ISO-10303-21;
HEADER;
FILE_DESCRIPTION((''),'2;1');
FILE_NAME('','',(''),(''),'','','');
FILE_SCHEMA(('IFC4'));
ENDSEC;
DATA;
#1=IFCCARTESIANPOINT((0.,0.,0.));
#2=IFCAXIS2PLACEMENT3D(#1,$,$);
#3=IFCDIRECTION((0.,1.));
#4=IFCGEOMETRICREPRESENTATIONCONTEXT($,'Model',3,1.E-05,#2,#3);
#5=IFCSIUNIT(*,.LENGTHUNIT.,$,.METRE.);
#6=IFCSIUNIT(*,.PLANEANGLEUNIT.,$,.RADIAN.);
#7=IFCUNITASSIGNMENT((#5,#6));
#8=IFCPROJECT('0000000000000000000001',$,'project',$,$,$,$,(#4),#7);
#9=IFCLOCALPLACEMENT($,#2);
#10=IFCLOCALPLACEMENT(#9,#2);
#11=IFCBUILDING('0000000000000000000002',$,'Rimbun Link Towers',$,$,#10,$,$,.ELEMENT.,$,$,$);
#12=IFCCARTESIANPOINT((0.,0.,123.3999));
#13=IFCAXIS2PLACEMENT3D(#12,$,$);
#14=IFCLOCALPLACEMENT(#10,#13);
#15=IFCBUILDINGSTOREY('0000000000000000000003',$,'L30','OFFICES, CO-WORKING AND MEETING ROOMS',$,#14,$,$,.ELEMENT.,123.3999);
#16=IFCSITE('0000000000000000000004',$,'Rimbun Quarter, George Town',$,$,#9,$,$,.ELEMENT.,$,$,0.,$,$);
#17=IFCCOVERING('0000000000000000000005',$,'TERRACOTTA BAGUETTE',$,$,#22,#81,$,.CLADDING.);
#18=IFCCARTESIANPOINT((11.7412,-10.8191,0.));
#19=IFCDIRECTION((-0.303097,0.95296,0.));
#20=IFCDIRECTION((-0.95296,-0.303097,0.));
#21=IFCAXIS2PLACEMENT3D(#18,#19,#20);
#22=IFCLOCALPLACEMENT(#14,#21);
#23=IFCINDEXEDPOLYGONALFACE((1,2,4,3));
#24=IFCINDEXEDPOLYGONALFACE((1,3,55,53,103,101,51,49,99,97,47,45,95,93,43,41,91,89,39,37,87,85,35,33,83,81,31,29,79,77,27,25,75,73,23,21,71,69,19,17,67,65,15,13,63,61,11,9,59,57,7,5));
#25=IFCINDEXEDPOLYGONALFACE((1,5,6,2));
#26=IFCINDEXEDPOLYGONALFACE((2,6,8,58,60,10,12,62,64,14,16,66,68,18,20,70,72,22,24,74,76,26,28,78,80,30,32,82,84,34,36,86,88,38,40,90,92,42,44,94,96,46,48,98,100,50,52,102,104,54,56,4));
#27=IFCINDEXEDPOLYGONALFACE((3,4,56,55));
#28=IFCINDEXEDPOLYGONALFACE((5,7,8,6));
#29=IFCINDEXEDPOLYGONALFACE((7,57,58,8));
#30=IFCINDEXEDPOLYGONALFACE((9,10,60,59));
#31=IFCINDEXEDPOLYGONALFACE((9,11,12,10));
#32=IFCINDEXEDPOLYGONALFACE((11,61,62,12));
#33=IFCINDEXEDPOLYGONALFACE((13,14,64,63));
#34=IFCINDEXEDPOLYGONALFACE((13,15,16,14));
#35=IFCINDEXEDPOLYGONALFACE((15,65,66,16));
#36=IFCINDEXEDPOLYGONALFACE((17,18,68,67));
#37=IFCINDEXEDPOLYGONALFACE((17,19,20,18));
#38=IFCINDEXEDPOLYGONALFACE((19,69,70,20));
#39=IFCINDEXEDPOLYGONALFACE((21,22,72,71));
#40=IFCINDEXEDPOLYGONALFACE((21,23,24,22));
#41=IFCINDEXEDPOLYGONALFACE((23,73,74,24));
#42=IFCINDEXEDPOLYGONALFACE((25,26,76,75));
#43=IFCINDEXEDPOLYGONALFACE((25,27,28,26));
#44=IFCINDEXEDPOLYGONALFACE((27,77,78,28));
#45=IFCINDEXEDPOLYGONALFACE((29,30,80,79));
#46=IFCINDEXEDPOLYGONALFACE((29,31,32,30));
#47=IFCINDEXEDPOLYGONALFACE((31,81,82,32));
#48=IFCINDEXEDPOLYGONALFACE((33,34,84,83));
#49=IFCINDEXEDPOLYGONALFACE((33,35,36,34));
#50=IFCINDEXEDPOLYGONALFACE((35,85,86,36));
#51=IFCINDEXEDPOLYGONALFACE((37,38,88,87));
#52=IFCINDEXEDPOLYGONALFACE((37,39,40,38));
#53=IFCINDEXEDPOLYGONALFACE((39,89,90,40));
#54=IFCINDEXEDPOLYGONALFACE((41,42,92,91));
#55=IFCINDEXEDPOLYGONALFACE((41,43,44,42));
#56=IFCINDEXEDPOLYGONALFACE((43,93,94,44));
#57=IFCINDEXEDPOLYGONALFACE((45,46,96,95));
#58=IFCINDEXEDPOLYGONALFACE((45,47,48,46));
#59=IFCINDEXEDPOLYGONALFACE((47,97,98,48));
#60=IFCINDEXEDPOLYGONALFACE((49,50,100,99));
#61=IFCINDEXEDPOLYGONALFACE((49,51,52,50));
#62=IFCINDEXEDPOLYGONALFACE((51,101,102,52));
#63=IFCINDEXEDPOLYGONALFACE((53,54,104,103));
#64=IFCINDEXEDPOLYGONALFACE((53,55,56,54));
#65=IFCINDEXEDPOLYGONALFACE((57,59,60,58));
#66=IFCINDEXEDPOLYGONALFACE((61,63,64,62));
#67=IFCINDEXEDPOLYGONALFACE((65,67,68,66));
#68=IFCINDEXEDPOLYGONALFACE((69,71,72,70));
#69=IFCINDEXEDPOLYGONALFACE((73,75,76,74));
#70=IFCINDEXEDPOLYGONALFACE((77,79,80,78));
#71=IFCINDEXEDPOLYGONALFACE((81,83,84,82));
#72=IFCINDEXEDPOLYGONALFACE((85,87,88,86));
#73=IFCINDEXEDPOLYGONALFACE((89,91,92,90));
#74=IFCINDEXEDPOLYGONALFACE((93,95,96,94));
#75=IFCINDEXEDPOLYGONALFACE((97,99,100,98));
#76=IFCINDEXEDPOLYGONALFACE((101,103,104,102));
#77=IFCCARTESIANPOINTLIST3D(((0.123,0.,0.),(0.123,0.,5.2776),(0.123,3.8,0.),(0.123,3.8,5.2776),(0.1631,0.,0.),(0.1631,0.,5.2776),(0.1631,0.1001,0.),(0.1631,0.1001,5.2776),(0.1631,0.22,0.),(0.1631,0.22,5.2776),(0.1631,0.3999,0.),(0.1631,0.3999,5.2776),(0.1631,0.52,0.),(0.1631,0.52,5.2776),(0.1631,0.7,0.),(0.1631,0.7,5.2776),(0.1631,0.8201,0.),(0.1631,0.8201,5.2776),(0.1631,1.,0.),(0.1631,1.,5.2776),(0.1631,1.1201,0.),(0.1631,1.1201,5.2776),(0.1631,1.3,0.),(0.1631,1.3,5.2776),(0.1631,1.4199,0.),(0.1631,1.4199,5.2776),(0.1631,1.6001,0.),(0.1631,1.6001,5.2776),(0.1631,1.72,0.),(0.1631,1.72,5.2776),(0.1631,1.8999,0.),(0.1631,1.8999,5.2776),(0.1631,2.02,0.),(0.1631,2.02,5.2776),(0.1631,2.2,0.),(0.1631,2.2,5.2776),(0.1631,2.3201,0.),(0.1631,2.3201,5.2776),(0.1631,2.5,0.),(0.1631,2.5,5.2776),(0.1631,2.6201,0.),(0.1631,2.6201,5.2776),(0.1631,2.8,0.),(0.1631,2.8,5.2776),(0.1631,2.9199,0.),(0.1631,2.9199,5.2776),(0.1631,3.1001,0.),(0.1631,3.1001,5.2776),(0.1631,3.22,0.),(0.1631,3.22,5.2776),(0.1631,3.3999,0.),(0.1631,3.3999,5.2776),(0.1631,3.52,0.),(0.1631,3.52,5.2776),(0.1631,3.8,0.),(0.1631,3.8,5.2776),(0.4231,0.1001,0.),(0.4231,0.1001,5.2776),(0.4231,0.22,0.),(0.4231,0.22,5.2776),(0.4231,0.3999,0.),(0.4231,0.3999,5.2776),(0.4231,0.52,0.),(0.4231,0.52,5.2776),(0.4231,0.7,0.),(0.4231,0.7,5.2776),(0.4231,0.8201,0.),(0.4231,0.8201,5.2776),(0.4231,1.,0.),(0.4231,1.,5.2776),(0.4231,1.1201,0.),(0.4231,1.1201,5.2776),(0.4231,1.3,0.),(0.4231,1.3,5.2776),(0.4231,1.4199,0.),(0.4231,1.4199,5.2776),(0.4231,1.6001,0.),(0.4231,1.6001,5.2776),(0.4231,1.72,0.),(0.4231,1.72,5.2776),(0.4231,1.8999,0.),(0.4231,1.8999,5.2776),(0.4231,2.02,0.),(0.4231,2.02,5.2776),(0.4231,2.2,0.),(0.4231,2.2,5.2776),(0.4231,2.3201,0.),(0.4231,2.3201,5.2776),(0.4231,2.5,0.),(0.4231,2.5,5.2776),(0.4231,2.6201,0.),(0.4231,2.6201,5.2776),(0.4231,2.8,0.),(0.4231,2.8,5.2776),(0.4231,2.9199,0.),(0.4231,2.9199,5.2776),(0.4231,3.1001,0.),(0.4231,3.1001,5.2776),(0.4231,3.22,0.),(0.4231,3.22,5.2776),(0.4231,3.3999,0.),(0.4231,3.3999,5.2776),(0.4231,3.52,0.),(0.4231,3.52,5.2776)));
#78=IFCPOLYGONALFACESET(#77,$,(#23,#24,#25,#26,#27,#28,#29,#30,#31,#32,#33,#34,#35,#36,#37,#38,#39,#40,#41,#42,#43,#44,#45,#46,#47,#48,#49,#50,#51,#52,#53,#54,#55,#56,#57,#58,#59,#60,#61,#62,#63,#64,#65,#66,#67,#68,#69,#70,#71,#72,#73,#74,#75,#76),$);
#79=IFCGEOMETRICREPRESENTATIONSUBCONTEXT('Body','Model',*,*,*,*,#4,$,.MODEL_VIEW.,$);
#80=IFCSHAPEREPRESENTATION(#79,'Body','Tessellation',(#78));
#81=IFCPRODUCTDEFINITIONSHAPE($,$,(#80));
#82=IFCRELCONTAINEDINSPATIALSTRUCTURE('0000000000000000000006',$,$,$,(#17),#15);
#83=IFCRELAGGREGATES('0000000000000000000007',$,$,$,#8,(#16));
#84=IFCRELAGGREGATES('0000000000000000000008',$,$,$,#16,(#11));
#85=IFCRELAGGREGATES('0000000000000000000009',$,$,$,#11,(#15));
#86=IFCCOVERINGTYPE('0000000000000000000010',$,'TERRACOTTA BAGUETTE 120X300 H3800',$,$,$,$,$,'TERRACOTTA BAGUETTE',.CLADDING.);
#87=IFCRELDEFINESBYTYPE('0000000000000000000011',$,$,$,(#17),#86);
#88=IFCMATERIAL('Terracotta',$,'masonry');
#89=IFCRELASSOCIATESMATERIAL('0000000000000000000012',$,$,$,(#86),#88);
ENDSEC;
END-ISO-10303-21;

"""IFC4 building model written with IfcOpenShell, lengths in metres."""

from ifc_helpers import new_model, si_unit, direction, frame, origin, place, context, subcontext, project, spatial, polyline, outline, extrude, material, material_profile, profile_set, type_object, element, save


model = new_model("IFC4")

# Units and contexts
model_context = context("Model", 3, precision=1e-05, world=origin(), true_north=direction((0.0, 1.0)))
body_context = subcontext(model_context, "Body", "Model", "MODEL_VIEW")
ifc_project = project(units=[si_unit("LENGTHUNIT", "METRE"), si_unit("PLANEANGLEUNIT", "RADIAN")], contexts=[model_context])

# Site, building, storey
site_placement = place(None, origin())
site = spatial("IfcSite", under=ifc_project, at=site_placement, Name="Rimbun Quarter, George Town", CompositionType="ELEMENT", RefElevation=0.0)
building_placement = place(site_placement, origin())
building = spatial("IfcBuilding", under=site, at=building_placement, Name="Rimbun Link Towers", CompositionType="ELEMENT")
storey_placement = place(building_placement, frame((0.0, 0.0, 123.3999)))
storey = spatial("IfcBuildingStorey", under=building, at=storey_placement, Name="L30", Description="OFFICES, CO-WORKING AND MEETING ROOMS", CompositionType="ELEMENT", Elevation=123.3999)

# Covering
ifc_material_1 = material(Name="Terracotta", Category="masonry")
ifc_material_profile_1 = material_profile(ifc_material_1, outline(polyline([(0.123, 0.0), (0.1631, 0.0), (0.1631, 0.1001), (0.4231, 0.1001), (0.4231, 0.22), (0.1631, 0.22), (0.1631, 0.3999), (0.4231, 0.3999), (0.4231, 0.52), (0.1631, 0.52), (0.1631, 0.7), (0.4231, 0.7), (0.4231, 0.8201), (0.1631, 0.8201), (0.1631, 1.0), (0.4231, 1.0), (0.4231, 1.1201), (0.1631, 1.1201), (0.1631, 1.3), (0.4231, 1.3), (0.4231, 1.4199), (0.1631, 1.4199), (0.1631, 1.6001), (0.4231, 1.6001), (0.4231, 1.72), (0.1631, 1.72), (0.1631, 1.8999), (0.4231, 1.8999), (0.4231, 2.02), (0.1631, 2.02), (0.1631, 2.2), (0.4231, 2.2), (0.4231, 2.3201), (0.1631, 2.3201), (0.1631, 2.5), (0.4231, 2.5), (0.4231, 2.6201), (0.1631, 2.6201), (0.1631, 2.8), (0.4231, 2.8), (0.4231, 2.9199), (0.1631, 2.9199), (0.1631, 3.1001), (0.4231, 3.1001), (0.4231, 3.22), (0.1631, 3.22), (0.1631, 3.3999), (0.4231, 3.3999), (0.4231, 3.52), (0.1631, 3.52), (0.1631, 3.8), (0.123, 3.8), (0.123, 0.0)])), Name="BAGUETTE 120X300")
ifc_profile_set_1 = profile_set([ifc_material_profile_1], Name="Terracotta")
covering_type_1 = type_object("IfcCoveringType", Name="TERRACOTTA BAGUETTE 120X300 H3800", ElementType="TERRACOTTA BAGUETTE", PredefinedType="CLADDING", material=ifc_profile_set_1)
covering_1_placement = place(storey_placement, frame((11.7412, -10.8191, 0.0), z_axis=(-0.303097, 0.95296, 0.0), x_axis=(-0.95296, -0.303097, 0.0)))
element("IfcCovering", 1, at=covering_1_placement, inside=storey, type_object=covering_type_1, Name="TERRACOTTA BAGUETTE", PredefinedType="CLADDING", context=body_context, shape_type="SweptSolid", body=[
    extrude(outline(polyline([(0.123, 0.0), (0.1631, 0.0), (0.1631, 0.1001), (0.4231, 0.1001), (0.4231, 0.22), (0.1631, 0.22), (0.1631, 0.3999), (0.4231, 0.3999), (0.4231, 0.52), (0.1631, 0.52), (0.1631, 0.7), (0.4231, 0.7), (0.4231, 0.8201), (0.1631, 0.8201), (0.1631, 1.0), (0.4231, 1.0), (0.4231, 1.1201), (0.1631, 1.1201), (0.1631, 1.3), (0.4231, 1.3), (0.4231, 1.4199), (0.1631, 1.4199), (0.1631, 1.6001), (0.4231, 1.6001), (0.4231, 1.72), (0.1631, 1.72), (0.1631, 1.8999), (0.4231, 1.8999), (0.4231, 2.02), (0.1631, 2.02), (0.1631, 2.2), (0.4231, 2.2), (0.4231, 2.3201), (0.1631, 2.3201), (0.1631, 2.5), (0.4231, 2.5), (0.4231, 2.6201), (0.1631, 2.6201), (0.1631, 2.8), (0.4231, 2.8), (0.4231, 2.9199), (0.1631, 2.9199), (0.1631, 3.1001), (0.4231, 3.1001), (0.4231, 3.22), (0.1631, 3.22), (0.1631, 3.3999), (0.4231, 3.3999), (0.4231, 3.52), (0.1631, 3.52), (0.1631, 3.8), (0.123, 3.8), (0.123, 0.0)])), origin(), (0.0, 0.0, 1.0), 5.2776),
])

save(model, "model.ifc")
